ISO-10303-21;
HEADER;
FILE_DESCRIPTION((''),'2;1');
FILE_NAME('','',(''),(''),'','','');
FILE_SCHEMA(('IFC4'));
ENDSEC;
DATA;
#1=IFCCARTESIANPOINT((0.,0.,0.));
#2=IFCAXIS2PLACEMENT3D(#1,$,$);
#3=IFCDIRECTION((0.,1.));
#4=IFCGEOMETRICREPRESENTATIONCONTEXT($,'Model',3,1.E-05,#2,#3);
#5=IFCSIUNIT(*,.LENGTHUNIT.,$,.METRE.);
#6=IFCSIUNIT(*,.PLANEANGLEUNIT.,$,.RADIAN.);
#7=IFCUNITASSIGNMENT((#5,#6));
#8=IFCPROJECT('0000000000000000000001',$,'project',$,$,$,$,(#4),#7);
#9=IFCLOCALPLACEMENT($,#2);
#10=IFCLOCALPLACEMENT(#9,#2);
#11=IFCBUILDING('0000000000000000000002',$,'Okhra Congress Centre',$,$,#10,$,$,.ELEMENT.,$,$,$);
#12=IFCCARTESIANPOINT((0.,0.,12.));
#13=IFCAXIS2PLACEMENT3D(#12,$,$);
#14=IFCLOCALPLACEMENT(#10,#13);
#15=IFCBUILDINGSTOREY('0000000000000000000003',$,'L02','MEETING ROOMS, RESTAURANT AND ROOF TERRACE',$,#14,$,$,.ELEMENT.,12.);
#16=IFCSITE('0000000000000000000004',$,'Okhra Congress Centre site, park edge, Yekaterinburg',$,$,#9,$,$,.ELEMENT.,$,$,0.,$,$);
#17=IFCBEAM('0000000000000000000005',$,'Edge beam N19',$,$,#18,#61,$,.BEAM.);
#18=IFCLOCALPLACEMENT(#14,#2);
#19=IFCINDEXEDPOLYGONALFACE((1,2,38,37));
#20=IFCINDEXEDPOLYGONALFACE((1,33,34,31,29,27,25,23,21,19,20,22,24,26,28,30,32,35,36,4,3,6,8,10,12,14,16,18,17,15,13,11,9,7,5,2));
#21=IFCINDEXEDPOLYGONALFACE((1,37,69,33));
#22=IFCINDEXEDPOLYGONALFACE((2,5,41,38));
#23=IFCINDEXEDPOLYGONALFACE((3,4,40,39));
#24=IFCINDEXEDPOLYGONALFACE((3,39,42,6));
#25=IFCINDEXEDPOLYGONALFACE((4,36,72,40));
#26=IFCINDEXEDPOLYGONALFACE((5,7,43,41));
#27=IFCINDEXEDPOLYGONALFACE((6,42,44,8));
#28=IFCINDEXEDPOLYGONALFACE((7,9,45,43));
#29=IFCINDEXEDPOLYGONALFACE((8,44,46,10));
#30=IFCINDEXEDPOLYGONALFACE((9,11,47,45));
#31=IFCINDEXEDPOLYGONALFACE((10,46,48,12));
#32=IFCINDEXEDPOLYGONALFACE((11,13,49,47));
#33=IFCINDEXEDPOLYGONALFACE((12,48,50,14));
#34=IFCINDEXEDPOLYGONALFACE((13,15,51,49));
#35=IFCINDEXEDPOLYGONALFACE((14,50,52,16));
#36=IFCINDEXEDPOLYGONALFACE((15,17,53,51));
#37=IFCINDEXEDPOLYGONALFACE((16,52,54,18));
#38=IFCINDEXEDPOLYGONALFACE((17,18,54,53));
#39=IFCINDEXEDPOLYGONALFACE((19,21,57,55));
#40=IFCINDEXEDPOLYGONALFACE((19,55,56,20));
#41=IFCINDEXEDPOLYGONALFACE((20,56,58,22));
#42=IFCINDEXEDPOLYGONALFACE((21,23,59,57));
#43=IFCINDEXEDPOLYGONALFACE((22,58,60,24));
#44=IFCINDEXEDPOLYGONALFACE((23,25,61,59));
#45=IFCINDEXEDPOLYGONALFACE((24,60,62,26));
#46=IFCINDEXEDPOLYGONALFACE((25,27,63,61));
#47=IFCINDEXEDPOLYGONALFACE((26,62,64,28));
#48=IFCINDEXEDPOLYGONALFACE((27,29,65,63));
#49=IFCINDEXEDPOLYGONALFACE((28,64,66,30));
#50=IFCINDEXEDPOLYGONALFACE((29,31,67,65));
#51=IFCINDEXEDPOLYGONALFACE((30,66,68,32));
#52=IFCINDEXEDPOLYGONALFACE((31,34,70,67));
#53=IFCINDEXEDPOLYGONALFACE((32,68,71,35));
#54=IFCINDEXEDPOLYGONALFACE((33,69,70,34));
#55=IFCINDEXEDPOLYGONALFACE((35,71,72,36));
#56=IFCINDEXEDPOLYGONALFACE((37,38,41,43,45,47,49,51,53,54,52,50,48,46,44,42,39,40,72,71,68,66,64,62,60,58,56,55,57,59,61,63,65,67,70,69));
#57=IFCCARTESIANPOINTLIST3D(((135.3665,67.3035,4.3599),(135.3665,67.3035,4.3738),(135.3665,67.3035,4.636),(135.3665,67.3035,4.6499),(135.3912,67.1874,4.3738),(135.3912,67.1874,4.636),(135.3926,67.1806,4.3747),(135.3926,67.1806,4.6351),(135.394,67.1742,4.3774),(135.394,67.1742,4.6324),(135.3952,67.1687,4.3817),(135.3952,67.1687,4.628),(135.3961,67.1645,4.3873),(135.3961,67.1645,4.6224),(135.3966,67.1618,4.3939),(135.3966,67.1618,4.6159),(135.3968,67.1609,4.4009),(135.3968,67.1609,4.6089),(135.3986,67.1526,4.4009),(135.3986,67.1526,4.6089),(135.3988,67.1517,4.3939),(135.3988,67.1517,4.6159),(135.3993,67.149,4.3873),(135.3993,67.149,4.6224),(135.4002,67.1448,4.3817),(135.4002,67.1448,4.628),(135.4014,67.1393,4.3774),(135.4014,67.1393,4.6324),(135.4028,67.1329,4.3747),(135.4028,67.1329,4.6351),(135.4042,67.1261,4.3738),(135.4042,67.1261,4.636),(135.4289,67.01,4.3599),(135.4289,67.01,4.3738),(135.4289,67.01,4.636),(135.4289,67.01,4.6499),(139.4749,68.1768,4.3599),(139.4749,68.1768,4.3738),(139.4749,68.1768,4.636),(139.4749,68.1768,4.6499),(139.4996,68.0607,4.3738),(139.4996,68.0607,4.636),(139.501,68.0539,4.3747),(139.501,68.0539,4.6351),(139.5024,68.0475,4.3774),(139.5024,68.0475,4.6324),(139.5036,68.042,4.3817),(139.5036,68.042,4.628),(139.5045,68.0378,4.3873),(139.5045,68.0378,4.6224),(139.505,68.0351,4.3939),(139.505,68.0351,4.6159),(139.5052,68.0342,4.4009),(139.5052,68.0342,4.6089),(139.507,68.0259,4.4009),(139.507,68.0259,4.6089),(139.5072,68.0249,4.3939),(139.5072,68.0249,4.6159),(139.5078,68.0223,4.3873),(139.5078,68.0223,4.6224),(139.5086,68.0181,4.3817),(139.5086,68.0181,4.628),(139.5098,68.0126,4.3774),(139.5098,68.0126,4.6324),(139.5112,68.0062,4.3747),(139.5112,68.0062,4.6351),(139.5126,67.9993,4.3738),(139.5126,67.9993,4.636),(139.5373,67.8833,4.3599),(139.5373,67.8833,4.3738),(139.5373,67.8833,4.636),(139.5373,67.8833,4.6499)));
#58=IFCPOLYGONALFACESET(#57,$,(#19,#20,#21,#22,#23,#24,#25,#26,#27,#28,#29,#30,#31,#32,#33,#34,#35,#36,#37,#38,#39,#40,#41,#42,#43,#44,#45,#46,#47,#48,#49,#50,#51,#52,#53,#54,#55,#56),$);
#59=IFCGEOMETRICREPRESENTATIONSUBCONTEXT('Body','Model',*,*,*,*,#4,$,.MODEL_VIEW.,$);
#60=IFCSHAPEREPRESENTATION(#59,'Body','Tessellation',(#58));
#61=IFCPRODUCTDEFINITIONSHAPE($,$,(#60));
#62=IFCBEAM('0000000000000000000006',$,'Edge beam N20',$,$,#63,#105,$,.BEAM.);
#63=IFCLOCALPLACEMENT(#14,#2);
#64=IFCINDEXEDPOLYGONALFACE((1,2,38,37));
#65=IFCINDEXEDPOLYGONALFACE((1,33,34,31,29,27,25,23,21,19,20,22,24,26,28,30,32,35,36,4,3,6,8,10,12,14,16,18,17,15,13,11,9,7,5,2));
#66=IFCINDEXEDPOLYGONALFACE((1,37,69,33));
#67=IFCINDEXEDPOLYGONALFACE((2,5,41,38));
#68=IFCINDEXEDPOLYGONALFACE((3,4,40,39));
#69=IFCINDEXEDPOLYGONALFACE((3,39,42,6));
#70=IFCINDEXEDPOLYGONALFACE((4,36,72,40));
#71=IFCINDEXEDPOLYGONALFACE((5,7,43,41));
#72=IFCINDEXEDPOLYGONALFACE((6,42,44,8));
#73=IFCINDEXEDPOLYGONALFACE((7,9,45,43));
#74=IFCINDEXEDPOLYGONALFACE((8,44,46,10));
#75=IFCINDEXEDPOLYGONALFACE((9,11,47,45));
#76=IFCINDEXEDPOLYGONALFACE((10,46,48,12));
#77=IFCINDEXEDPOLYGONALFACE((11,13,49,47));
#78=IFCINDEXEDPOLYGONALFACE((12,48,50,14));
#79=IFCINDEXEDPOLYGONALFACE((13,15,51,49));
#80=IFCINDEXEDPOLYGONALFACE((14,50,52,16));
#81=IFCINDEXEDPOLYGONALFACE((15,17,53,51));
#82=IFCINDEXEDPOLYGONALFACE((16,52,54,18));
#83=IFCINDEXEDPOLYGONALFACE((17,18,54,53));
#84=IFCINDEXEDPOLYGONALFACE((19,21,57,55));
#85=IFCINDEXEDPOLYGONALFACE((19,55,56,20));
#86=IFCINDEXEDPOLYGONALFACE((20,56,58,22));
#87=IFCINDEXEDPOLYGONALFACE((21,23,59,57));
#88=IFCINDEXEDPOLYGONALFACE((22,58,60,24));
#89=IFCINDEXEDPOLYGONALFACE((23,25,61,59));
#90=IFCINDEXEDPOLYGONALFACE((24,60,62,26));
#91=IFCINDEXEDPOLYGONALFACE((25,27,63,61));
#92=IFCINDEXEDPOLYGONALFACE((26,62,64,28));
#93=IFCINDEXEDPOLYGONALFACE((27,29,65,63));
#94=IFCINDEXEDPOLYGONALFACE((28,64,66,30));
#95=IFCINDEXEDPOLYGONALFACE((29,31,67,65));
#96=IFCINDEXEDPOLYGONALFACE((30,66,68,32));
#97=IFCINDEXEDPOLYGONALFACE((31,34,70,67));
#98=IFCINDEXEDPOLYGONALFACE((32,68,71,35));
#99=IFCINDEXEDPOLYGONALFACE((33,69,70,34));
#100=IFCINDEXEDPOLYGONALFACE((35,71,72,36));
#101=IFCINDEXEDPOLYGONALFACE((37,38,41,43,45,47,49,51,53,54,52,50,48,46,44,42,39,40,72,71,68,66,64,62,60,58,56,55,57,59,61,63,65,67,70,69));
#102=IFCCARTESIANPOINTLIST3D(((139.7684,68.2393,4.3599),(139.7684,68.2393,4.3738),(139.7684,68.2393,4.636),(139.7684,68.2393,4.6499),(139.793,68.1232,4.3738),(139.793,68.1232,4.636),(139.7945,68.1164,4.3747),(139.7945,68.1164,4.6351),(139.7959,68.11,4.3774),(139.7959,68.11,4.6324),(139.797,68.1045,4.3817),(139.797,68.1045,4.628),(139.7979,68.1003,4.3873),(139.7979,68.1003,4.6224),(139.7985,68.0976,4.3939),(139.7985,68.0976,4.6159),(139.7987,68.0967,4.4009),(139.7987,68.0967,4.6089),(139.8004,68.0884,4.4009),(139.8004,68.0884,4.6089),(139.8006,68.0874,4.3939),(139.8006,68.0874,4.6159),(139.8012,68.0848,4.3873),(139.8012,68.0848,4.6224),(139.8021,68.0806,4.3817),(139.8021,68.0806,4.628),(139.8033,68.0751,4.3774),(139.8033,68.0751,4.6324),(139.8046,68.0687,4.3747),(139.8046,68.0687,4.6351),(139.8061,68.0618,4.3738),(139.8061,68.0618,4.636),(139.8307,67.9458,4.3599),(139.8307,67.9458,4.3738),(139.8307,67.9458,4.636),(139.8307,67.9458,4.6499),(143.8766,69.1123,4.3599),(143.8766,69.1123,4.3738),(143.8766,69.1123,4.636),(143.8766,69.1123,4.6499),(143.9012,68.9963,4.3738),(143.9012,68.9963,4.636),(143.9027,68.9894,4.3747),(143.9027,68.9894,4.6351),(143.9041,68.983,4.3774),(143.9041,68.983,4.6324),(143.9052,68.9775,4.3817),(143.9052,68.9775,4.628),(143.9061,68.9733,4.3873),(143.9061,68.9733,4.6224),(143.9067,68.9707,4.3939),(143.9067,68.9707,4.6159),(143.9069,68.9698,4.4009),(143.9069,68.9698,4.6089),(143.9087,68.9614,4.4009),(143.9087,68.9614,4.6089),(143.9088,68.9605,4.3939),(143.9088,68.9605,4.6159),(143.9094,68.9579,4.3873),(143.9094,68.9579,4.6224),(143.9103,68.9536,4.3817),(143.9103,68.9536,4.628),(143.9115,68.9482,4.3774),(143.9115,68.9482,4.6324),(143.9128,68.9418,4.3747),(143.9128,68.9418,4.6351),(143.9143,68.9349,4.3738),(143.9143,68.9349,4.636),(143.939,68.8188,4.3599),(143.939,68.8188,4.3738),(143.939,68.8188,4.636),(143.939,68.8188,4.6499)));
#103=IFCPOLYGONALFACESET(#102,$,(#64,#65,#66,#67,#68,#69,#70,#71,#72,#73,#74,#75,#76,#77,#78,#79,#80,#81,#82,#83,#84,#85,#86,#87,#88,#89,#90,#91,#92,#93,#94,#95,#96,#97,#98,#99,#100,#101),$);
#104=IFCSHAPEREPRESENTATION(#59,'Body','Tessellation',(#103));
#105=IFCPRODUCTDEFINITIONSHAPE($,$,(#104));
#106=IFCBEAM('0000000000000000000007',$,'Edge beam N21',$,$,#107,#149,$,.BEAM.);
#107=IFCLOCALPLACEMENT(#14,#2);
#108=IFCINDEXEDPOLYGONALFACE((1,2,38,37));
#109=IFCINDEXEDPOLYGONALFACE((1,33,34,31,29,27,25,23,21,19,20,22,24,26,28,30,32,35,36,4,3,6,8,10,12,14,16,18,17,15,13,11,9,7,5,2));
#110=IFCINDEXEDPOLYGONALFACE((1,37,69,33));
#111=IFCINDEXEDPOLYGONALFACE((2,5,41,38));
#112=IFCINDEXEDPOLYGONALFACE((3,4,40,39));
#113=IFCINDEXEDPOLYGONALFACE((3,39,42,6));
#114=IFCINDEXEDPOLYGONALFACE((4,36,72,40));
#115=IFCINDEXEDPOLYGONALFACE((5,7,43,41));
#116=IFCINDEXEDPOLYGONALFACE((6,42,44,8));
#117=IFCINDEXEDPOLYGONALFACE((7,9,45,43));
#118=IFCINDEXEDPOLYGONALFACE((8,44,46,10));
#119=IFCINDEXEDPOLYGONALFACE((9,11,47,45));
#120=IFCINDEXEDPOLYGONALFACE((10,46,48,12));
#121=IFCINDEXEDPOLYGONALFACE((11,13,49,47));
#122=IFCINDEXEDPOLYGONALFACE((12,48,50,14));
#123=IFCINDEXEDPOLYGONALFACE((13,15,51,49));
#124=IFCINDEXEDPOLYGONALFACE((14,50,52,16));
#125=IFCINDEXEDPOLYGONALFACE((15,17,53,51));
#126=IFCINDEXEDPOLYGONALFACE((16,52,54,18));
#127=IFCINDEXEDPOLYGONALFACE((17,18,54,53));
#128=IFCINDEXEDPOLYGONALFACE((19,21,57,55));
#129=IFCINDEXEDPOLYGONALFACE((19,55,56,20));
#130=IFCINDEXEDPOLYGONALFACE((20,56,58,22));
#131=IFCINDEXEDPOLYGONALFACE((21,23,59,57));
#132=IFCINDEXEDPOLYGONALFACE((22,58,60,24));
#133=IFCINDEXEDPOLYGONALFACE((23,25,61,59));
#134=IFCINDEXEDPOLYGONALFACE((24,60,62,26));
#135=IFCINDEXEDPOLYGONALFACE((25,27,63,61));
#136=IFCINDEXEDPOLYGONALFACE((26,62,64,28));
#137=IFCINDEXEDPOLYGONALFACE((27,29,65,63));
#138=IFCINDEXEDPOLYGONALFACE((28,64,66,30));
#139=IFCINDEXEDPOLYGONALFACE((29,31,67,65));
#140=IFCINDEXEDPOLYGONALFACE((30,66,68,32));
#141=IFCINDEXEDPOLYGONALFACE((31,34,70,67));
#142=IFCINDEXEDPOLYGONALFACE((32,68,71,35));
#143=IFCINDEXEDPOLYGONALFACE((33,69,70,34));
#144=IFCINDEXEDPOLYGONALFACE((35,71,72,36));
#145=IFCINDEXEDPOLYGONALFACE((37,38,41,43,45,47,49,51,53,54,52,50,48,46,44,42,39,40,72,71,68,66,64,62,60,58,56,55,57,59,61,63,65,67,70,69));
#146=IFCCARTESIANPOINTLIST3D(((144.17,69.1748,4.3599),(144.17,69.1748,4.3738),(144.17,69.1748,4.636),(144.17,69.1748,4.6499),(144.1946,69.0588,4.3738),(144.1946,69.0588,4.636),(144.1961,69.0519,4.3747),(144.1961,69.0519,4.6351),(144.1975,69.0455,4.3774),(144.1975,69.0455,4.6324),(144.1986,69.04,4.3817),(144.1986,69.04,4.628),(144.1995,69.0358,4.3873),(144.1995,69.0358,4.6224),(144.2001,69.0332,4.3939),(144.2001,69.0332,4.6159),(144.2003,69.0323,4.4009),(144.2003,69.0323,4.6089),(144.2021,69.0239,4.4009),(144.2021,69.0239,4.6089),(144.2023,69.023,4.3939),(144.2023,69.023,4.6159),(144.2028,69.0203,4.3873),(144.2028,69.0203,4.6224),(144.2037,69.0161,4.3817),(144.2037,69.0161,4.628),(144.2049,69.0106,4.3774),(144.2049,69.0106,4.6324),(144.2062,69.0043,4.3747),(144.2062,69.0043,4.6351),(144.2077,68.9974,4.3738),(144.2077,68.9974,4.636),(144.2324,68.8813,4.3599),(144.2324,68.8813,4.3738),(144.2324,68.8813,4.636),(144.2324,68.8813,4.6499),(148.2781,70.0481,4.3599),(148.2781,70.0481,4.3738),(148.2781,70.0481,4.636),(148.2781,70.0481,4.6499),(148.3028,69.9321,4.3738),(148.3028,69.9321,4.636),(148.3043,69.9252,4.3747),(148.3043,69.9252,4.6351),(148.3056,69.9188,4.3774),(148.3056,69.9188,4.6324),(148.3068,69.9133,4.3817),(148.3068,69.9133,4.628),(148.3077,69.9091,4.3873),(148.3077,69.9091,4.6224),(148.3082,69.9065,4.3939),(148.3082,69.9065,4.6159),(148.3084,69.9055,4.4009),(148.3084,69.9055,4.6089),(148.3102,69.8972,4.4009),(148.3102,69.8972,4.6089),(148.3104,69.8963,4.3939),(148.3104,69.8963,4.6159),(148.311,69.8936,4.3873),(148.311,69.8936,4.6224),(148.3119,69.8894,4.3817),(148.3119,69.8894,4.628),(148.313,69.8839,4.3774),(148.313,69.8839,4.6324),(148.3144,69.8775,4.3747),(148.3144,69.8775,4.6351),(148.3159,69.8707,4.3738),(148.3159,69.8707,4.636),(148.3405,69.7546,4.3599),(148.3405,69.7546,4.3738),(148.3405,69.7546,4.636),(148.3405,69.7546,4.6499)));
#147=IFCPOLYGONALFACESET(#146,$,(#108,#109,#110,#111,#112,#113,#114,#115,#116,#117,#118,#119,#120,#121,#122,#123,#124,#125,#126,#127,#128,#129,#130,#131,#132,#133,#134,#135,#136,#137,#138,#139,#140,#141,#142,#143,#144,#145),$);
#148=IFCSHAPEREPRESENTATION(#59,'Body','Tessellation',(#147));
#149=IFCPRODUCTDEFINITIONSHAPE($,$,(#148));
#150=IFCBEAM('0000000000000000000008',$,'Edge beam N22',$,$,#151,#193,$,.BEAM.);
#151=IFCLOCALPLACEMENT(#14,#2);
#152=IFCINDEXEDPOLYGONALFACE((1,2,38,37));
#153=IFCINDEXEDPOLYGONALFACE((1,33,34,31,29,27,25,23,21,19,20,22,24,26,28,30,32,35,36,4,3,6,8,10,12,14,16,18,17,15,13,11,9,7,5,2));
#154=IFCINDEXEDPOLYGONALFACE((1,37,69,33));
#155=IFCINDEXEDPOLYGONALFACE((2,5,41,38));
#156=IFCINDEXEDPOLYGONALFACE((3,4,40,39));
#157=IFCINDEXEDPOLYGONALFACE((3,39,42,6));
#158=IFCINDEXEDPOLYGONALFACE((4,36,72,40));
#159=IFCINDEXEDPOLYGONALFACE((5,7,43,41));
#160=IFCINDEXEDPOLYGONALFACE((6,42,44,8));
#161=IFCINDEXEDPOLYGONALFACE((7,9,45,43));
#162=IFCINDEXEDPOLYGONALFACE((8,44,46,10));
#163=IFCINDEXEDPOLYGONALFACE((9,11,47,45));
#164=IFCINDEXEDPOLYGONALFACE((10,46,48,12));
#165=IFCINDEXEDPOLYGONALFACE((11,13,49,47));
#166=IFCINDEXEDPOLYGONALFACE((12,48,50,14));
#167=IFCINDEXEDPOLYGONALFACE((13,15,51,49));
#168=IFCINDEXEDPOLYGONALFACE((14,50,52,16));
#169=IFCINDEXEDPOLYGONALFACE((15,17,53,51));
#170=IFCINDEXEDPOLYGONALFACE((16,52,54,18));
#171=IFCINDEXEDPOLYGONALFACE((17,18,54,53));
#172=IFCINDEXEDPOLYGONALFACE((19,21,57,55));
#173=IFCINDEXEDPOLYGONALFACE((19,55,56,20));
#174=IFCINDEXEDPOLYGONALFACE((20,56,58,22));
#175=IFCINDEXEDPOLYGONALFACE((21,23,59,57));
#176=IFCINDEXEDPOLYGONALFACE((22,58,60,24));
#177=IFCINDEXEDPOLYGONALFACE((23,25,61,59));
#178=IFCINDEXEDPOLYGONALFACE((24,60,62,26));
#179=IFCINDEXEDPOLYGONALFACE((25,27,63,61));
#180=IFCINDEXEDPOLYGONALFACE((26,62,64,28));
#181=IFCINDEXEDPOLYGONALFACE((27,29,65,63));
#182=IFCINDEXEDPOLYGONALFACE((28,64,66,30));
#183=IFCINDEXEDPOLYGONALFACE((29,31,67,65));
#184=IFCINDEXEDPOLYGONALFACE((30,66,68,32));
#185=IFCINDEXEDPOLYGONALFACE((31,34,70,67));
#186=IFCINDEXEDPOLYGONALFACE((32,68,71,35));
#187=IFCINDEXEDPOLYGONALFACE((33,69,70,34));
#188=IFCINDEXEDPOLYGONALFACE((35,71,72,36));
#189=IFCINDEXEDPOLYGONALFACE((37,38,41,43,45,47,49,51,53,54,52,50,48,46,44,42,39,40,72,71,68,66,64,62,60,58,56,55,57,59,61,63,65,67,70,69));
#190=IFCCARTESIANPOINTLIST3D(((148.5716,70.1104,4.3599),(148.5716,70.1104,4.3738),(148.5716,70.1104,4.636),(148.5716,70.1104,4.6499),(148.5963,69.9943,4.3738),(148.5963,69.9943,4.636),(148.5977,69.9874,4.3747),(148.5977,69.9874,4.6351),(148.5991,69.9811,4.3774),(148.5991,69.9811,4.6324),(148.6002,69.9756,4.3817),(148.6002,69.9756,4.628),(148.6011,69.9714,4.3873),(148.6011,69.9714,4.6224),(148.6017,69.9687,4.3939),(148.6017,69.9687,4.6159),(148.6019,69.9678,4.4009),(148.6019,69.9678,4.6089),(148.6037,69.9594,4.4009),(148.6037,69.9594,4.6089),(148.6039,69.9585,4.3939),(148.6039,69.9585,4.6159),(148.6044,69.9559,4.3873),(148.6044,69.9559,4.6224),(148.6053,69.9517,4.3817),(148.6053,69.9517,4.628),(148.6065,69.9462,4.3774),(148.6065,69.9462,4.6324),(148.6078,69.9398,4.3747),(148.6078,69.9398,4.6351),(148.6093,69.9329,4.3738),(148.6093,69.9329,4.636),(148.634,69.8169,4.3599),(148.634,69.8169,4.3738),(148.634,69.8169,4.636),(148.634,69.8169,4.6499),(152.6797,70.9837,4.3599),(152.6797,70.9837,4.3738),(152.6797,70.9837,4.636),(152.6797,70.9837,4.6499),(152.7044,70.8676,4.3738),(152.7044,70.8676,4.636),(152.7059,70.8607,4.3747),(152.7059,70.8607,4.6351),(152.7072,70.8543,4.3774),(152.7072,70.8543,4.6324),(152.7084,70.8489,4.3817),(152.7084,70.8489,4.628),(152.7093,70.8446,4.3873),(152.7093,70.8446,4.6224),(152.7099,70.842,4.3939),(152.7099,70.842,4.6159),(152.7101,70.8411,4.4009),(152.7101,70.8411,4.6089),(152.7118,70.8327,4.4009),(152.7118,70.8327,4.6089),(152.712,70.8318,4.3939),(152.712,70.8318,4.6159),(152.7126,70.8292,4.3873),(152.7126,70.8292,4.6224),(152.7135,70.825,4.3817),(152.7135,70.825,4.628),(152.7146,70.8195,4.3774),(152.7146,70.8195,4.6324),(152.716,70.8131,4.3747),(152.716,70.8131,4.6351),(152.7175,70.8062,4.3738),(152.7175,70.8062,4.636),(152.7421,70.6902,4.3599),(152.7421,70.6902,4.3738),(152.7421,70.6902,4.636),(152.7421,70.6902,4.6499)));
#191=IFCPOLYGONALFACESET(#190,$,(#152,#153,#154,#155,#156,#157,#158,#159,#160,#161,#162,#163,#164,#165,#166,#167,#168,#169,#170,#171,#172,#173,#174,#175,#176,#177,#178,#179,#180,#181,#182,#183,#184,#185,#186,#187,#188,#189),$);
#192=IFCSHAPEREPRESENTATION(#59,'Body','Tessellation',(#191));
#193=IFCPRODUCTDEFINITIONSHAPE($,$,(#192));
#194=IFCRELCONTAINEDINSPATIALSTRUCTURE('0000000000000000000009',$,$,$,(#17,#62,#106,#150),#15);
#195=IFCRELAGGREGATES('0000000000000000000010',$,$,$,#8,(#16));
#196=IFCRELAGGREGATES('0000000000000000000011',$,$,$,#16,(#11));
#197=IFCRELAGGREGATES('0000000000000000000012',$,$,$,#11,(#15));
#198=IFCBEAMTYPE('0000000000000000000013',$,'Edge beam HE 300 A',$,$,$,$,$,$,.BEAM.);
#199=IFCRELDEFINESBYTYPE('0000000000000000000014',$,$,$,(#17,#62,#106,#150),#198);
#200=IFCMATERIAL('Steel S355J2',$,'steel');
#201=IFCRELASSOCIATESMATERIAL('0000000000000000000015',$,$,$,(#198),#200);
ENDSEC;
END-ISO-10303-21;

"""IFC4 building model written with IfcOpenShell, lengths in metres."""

from ifc_helpers import new_model, si_unit, direction, frame, origin, origin_2d, place, context, subcontext, project, spatial, i_section, extrude, material, material_profile, profile_set, type_object, element, save


model = new_model("IFC4")

# Units and contexts
model_context = context("Model", 3, precision=1e-05, world=origin(), true_north=direction((0.0, 1.0)))
body_context = subcontext(model_context, "Body", "Model", "MODEL_VIEW")
ifc_project = project(units=[si_unit("LENGTHUNIT", "METRE"), si_unit("PLANEANGLEUNIT", "RADIAN")], contexts=[model_context])

# Site, building, storey
site_placement = place(None, origin())
site = spatial("IfcSite", under=ifc_project, at=site_placement, Name="Okhra Congress Centre site, park edge, Yekaterinburg", CompositionType="ELEMENT", RefElevation=0.0)
building_placement = place(site_placement, origin())
building = spatial("IfcBuilding", under=site, at=building_placement, Name="Okhra Congress Centre", CompositionType="ELEMENT")
storey_placement = place(building_placement, frame((0.0, 0.0, 12.0)))
storey = spatial("IfcBuildingStorey", under=building, at=storey_placement, Name="L02", Description="MEETING ROOMS, RESTAURANT AND ROOF TERRACE", CompositionType="ELEMENT", Elevation=12.0)

# Shared definitions
ifc_material_1 = material(Name="Steel S355J2", Category="steel")

# Beams
ifc_material_profile_1 = material_profile(ifc_material_1, i_section(OverallWidth=0.3, OverallDepth=0.29, WebThickness=0.0085, FlangeThickness=0.0139, FilletRadius=0.0271, at=origin_2d()), Name="HE 300 A")
ifc_profile_set_1 = profile_set([ifc_material_profile_1], Name="Steel S355J2")
beam_type = type_object("IfcBeamType", Name="Edge beam HE 300 A", PredefinedType="BEAM", material=ifc_profile_set_1)
beam_placement = place(storey_placement, frame((135.3977, 67.1567, 4.5049), z_axis=(0.978146, 0.207917, 0.0), x_axis=(-0.207917, 0.978146, 0.0)))
element("IfcBeam", 1, at=beam_placement, inside=storey, type_object=beam_type, Name="Edge beam N19", PredefinedType="BEAM", context=body_context, shape_type="SweptSolid", body=[
    extrude(i_section(OverallWidth=0.3, OverallDepth=0.29, WebThickness=0.0085, FlangeThickness=0.0139, FilletRadius=0.0271, at=origin_2d()), origin(), (0.0, 0.0, 1.0), 4.2002),
])
for number, where, z_axis, x_axis, name in (
    (2, (139.7996, 68.0925, 4.5049), (0.978156, 0.207873, 0.0), (-0.207873, 0.978156, 0.0), "Edge beam N20"),
    (3, (144.2012, 69.0281, 4.5049), (0.978144, 0.207929, 0.0), (-0.207929, 0.978144, 0.0), "Edge beam N21"),
    (4, (148.6028, 69.9636, 4.5049), (0.978144, 0.207929, 0.0), (-0.207929, 0.978144, 0.0), "Edge beam N22"),
):
    element("IfcBeam", number, at=place(storey_placement, frame(where, z_axis=z_axis, x_axis=x_axis)), inside=storey, type_object=beam_type, Name=name, PredefinedType="BEAM", context=body_context, shape_type="SweptSolid", body=[
        extrude(i_section(OverallWidth=0.3, OverallDepth=0.29, WebThickness=0.0085, FlangeThickness=0.0139, FilletRadius=0.0271, at=origin_2d()), origin(), (0.0, 0.0, 1.0), 4.2),
    ])

save(model, "model.ifc")
